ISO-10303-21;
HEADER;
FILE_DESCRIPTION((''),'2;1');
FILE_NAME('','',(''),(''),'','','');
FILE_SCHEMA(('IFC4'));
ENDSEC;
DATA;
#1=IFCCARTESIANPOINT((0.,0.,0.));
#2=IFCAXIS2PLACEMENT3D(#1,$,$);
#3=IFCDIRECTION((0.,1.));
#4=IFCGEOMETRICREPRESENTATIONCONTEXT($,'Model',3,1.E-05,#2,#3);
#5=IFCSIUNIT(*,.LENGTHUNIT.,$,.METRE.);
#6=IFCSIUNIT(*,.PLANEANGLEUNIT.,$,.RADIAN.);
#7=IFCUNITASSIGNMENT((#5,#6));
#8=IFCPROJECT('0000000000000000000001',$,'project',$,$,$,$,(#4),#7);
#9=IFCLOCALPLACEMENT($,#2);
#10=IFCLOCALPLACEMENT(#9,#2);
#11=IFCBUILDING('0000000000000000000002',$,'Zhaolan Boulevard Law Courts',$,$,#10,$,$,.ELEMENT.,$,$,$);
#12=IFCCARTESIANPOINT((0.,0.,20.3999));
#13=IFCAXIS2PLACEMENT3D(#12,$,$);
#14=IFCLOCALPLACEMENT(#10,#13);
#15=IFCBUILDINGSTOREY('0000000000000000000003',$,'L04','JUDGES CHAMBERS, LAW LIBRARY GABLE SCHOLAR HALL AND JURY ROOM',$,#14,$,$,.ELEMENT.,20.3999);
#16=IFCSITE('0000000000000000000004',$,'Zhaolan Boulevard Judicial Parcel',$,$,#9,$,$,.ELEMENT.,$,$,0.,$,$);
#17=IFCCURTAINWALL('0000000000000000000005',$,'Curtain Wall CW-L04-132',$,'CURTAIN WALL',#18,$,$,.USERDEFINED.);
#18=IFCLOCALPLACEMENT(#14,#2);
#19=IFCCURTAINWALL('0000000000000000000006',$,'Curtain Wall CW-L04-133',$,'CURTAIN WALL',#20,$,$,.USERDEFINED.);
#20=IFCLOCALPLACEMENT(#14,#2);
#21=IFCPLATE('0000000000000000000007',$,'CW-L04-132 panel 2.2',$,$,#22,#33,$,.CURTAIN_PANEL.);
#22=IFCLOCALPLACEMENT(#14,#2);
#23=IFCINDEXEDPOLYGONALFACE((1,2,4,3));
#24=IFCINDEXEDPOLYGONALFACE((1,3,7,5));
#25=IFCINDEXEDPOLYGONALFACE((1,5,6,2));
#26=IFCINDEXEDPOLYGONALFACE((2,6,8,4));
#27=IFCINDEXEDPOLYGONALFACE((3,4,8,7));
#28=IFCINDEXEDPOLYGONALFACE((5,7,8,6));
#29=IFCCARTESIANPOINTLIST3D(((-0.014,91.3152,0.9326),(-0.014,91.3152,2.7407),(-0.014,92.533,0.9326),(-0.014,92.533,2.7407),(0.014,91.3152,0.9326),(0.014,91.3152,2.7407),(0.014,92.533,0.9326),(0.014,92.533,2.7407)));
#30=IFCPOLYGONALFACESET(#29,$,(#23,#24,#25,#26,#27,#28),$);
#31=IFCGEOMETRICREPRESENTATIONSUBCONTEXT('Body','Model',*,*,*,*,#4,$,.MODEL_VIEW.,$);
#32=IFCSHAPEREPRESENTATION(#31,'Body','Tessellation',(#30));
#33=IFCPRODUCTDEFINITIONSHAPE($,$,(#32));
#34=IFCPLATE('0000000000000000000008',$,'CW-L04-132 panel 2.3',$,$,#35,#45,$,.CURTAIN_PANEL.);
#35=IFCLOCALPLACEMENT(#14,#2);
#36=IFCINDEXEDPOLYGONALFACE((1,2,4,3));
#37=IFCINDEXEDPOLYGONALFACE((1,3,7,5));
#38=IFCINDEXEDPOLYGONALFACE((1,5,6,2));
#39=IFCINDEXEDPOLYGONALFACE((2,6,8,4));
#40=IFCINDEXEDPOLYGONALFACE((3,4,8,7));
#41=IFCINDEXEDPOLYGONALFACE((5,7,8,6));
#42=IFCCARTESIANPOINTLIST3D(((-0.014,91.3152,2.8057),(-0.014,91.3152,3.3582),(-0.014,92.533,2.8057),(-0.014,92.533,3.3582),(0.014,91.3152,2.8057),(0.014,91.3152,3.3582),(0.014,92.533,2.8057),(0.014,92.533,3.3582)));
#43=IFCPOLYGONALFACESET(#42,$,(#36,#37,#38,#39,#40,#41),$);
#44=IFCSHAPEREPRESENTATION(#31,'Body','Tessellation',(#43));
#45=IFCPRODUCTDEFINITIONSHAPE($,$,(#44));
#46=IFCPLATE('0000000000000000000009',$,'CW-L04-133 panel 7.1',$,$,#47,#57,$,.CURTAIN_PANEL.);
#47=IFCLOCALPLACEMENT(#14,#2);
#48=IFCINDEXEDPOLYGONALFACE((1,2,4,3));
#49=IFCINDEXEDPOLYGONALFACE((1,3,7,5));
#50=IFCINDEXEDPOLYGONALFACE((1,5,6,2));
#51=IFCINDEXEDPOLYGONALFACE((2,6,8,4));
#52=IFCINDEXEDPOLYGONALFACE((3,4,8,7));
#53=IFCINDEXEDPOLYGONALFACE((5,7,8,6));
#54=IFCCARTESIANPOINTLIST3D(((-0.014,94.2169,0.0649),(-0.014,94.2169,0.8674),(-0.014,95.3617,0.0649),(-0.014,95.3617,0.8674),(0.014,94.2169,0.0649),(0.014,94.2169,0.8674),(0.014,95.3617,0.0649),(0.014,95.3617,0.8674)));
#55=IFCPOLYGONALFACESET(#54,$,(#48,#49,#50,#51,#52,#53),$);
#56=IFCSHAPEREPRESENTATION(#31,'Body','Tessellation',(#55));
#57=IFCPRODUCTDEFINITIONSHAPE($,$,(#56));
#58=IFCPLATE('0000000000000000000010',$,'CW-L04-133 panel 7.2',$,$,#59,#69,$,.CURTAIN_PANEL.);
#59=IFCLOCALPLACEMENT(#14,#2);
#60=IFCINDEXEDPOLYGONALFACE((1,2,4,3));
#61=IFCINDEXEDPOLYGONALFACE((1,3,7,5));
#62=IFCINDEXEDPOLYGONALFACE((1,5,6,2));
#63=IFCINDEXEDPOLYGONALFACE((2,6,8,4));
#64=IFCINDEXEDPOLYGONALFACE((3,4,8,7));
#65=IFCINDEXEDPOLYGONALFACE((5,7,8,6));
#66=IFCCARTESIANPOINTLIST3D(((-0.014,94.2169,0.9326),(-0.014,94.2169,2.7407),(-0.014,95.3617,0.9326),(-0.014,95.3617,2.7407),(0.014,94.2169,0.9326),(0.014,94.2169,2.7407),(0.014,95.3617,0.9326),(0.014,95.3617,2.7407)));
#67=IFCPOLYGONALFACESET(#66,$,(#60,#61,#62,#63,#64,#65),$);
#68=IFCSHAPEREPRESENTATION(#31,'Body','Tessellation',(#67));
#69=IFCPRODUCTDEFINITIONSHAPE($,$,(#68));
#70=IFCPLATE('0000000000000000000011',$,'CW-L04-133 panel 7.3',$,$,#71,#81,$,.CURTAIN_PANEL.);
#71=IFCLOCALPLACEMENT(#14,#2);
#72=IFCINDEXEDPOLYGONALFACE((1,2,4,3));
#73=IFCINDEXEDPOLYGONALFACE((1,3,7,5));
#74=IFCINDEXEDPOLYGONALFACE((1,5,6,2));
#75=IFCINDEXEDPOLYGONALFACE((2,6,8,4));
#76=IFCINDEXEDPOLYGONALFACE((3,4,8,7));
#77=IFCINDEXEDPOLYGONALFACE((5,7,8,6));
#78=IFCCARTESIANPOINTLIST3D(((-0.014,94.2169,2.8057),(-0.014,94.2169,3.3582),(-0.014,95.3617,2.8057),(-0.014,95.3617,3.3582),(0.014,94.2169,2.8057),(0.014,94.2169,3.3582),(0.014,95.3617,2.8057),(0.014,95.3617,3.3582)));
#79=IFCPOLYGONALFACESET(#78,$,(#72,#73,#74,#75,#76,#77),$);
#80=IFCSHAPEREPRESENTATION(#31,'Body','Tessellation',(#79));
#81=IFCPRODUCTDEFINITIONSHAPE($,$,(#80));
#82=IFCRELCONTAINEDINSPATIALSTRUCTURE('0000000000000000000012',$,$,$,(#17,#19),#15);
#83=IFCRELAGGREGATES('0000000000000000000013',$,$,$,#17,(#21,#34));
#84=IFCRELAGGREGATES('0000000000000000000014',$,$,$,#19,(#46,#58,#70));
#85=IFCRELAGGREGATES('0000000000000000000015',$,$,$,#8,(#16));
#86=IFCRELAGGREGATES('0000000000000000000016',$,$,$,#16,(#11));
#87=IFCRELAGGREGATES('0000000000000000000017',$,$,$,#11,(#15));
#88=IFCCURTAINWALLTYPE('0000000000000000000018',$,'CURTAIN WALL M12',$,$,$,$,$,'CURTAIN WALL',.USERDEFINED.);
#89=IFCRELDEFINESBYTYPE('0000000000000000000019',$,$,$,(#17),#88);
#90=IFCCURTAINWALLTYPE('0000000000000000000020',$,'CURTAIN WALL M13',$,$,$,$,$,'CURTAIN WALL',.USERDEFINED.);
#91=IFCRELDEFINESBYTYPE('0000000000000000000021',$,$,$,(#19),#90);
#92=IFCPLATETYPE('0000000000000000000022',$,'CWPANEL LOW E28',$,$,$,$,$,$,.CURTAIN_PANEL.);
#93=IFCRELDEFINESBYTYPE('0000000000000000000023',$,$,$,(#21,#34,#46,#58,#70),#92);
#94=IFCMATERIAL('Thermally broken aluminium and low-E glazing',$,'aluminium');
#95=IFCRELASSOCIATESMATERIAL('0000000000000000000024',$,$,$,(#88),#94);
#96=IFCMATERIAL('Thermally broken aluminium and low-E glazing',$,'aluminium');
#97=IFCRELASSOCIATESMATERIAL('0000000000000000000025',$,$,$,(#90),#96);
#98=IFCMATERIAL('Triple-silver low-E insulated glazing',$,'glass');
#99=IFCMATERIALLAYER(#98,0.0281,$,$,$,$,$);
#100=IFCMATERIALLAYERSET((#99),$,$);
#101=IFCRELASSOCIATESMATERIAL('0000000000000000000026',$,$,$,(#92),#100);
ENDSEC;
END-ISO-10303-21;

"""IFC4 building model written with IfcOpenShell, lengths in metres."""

from ifc_helpers import new_model, si_unit, direction, frame, origin, origin_2d, place, context, subcontext, project, spatial, rectangle, extrude, material, layer, layer_set, type_object, element, aggregate, save


model = new_model("IFC4")

# Units and contexts
model_context = context("Model", 3, precision=1e-05, world=origin(), true_north=direction((0.0, 1.0)))
body_context = subcontext(model_context, "Body", "Model", "MODEL_VIEW")
ifc_project = project(units=[si_unit("LENGTHUNIT", "METRE"), si_unit("PLANEANGLEUNIT", "RADIAN")], contexts=[model_context])

# Site, building, storey
site_placement = place(None, origin())
site = spatial("IfcSite", under=ifc_project, at=site_placement, Name="Zhaolan Boulevard Judicial Parcel", CompositionType="ELEMENT", RefElevation=0.0)
building_placement = place(site_placement, origin())
building = spatial("IfcBuilding", under=site, at=building_placement, Name="Zhaolan Boulevard Law Courts", CompositionType="ELEMENT")
storey_placement = place(building_placement, frame((0.0, 0.0, 20.3999)))
storey = spatial("IfcBuildingStorey", under=building, at=storey_placement, Name="L04", Description="JUDGES CHAMBERS, LAW LIBRARY GABLE SCHOLAR HALL AND JURY ROOM", CompositionType="ELEMENT", Elevation=20.3999)

# Curtain wall
ifc_material_1 = material(Name="Thermally broken aluminium and low-E glazing", Category="aluminium")
curtain_wall_type_1 = type_object("IfcCurtainWallType", Name="CURTAIN WALL M12", ElementType="CURTAIN WALL", PredefinedType="USERDEFINED", material=ifc_material_1)
curtain_wall_1_placement = place(storey_placement, origin())
curtain_wall_1 = element("IfcCurtainWall", 1, at=curtain_wall_1_placement, inside=storey, type_object=curtain_wall_type_1, Name="Curtain Wall CW-L04-132", ObjectType="CURTAIN WALL", PredefinedType="USERDEFINED")

# Curtain wall
ifc_material_2 = material(Name="Thermally broken aluminium and low-E glazing", Category="aluminium")
curtain_wall_type_2 = type_object("IfcCurtainWallType", Name="CURTAIN WALL M13", ElementType="CURTAIN WALL", PredefinedType="USERDEFINED", material=ifc_material_2)
curtain_wall_2_placement = place(storey_placement, origin())
curtain_wall_2 = element("IfcCurtainWall", 2, at=curtain_wall_2_placement, inside=storey, type_object=curtain_wall_type_2, Name="Curtain Wall CW-L04-133", ObjectType="CURTAIN WALL", PredefinedType="USERDEFINED")

# Plates
ifc_material_3 = material(Name="Triple-silver low-E insulated glazing", Category="glass")
ifc_layer = layer(ifc_material_3, 0.0281)
ifc_layer_set = layer_set([ifc_layer])
plate_type = type_object("IfcPlateType", Name="CWPANEL LOW E28", PredefinedType="CURTAIN_PANEL", material=ifc_layer_set)
plate_1_placement = place(storey_placement, frame((0.0, 91.9241, 0.9326), z_axis=(0.0, 0.0, 1.0), x_axis=(0.0, -1.0, 0.0)))
plate_1 = element("IfcPlate", 3, at=plate_1_placement, type_object=plate_type, Name="CW-L04-132 panel 2.2", PredefinedType="CURTAIN_PANEL", context=body_context, shape_type="SweptSolid", body=[
    extrude(rectangle(XDim=1.2178, YDim=0.0281, at=origin_2d()), origin(), (0.0, 0.0, 1.0), 1.8081),
])
plate_2_placement = place(storey_placement, frame((0.0, 91.9241, 2.8057), z_axis=(0.0, 0.0, 1.0), x_axis=(0.0, -1.0, 0.0)))
plate_2 = element("IfcPlate", 4, at=plate_2_placement, type_object=plate_type, Name="CW-L04-132 panel 2.3", PredefinedType="CURTAIN_PANEL", context=body_context, shape_type="SweptSolid", body=[
    extrude(rectangle(XDim=1.2178, YDim=0.0281, at=origin_2d()), origin(), (0.0, 0.0, 1.0), 0.5525),
])
aggregate(curtain_wall_1, [plate_1, plate_2])
plate_3_placement = place(storey_placement, frame((0.0, 94.7893, 0.0649), z_axis=(0.0, 0.0, 1.0), x_axis=(0.0, -1.0, 0.0)))
plate_3 = element("IfcPlate", 5, at=plate_3_placement, type_object=plate_type, Name="CW-L04-133 panel 7.1", PredefinedType="CURTAIN_PANEL", context=body_context, shape_type="SweptSolid", body=[
    extrude(rectangle(XDim=1.1448, YDim=0.0281, at=origin_2d()), origin(), (0.0, 0.0, 1.0), 0.8025),
])
plate_4_placement = place(storey_placement, frame((0.0, 94.7893, 0.9326), z_axis=(0.0, 0.0, 1.0), x_axis=(0.0, -1.0, 0.0)))
plate_4 = element("IfcPlate", 6, at=plate_4_placement, type_object=plate_type, Name="CW-L04-133 panel 7.2", PredefinedType="CURTAIN_PANEL", context=body_context, shape_type="SweptSolid", body=[
    extrude(rectangle(XDim=1.1448, YDim=0.0281, at=origin_2d()), origin(), (0.0, 0.0, 1.0), 1.8081),
])
plate_5_placement = place(storey_placement, frame((0.0, 94.7893, 2.8057), z_axis=(0.0, 0.0, 1.0), x_axis=(0.0, -1.0, 0.0)))
plate_5 = element("IfcPlate", 7, at=plate_5_placement, type_object=plate_type, Name="CW-L04-133 panel 7.3", PredefinedType="CURTAIN_PANEL", context=body_context, shape_type="SweptSolid", body=[
    extrude(rectangle(XDim=1.1448, YDim=0.0281, at=origin_2d()), origin(), (0.0, 0.0, 1.0), 0.5525),
])
aggregate(curtain_wall_2, [plate_3, plate_4, plate_5])

save(model, "model.ifc")
